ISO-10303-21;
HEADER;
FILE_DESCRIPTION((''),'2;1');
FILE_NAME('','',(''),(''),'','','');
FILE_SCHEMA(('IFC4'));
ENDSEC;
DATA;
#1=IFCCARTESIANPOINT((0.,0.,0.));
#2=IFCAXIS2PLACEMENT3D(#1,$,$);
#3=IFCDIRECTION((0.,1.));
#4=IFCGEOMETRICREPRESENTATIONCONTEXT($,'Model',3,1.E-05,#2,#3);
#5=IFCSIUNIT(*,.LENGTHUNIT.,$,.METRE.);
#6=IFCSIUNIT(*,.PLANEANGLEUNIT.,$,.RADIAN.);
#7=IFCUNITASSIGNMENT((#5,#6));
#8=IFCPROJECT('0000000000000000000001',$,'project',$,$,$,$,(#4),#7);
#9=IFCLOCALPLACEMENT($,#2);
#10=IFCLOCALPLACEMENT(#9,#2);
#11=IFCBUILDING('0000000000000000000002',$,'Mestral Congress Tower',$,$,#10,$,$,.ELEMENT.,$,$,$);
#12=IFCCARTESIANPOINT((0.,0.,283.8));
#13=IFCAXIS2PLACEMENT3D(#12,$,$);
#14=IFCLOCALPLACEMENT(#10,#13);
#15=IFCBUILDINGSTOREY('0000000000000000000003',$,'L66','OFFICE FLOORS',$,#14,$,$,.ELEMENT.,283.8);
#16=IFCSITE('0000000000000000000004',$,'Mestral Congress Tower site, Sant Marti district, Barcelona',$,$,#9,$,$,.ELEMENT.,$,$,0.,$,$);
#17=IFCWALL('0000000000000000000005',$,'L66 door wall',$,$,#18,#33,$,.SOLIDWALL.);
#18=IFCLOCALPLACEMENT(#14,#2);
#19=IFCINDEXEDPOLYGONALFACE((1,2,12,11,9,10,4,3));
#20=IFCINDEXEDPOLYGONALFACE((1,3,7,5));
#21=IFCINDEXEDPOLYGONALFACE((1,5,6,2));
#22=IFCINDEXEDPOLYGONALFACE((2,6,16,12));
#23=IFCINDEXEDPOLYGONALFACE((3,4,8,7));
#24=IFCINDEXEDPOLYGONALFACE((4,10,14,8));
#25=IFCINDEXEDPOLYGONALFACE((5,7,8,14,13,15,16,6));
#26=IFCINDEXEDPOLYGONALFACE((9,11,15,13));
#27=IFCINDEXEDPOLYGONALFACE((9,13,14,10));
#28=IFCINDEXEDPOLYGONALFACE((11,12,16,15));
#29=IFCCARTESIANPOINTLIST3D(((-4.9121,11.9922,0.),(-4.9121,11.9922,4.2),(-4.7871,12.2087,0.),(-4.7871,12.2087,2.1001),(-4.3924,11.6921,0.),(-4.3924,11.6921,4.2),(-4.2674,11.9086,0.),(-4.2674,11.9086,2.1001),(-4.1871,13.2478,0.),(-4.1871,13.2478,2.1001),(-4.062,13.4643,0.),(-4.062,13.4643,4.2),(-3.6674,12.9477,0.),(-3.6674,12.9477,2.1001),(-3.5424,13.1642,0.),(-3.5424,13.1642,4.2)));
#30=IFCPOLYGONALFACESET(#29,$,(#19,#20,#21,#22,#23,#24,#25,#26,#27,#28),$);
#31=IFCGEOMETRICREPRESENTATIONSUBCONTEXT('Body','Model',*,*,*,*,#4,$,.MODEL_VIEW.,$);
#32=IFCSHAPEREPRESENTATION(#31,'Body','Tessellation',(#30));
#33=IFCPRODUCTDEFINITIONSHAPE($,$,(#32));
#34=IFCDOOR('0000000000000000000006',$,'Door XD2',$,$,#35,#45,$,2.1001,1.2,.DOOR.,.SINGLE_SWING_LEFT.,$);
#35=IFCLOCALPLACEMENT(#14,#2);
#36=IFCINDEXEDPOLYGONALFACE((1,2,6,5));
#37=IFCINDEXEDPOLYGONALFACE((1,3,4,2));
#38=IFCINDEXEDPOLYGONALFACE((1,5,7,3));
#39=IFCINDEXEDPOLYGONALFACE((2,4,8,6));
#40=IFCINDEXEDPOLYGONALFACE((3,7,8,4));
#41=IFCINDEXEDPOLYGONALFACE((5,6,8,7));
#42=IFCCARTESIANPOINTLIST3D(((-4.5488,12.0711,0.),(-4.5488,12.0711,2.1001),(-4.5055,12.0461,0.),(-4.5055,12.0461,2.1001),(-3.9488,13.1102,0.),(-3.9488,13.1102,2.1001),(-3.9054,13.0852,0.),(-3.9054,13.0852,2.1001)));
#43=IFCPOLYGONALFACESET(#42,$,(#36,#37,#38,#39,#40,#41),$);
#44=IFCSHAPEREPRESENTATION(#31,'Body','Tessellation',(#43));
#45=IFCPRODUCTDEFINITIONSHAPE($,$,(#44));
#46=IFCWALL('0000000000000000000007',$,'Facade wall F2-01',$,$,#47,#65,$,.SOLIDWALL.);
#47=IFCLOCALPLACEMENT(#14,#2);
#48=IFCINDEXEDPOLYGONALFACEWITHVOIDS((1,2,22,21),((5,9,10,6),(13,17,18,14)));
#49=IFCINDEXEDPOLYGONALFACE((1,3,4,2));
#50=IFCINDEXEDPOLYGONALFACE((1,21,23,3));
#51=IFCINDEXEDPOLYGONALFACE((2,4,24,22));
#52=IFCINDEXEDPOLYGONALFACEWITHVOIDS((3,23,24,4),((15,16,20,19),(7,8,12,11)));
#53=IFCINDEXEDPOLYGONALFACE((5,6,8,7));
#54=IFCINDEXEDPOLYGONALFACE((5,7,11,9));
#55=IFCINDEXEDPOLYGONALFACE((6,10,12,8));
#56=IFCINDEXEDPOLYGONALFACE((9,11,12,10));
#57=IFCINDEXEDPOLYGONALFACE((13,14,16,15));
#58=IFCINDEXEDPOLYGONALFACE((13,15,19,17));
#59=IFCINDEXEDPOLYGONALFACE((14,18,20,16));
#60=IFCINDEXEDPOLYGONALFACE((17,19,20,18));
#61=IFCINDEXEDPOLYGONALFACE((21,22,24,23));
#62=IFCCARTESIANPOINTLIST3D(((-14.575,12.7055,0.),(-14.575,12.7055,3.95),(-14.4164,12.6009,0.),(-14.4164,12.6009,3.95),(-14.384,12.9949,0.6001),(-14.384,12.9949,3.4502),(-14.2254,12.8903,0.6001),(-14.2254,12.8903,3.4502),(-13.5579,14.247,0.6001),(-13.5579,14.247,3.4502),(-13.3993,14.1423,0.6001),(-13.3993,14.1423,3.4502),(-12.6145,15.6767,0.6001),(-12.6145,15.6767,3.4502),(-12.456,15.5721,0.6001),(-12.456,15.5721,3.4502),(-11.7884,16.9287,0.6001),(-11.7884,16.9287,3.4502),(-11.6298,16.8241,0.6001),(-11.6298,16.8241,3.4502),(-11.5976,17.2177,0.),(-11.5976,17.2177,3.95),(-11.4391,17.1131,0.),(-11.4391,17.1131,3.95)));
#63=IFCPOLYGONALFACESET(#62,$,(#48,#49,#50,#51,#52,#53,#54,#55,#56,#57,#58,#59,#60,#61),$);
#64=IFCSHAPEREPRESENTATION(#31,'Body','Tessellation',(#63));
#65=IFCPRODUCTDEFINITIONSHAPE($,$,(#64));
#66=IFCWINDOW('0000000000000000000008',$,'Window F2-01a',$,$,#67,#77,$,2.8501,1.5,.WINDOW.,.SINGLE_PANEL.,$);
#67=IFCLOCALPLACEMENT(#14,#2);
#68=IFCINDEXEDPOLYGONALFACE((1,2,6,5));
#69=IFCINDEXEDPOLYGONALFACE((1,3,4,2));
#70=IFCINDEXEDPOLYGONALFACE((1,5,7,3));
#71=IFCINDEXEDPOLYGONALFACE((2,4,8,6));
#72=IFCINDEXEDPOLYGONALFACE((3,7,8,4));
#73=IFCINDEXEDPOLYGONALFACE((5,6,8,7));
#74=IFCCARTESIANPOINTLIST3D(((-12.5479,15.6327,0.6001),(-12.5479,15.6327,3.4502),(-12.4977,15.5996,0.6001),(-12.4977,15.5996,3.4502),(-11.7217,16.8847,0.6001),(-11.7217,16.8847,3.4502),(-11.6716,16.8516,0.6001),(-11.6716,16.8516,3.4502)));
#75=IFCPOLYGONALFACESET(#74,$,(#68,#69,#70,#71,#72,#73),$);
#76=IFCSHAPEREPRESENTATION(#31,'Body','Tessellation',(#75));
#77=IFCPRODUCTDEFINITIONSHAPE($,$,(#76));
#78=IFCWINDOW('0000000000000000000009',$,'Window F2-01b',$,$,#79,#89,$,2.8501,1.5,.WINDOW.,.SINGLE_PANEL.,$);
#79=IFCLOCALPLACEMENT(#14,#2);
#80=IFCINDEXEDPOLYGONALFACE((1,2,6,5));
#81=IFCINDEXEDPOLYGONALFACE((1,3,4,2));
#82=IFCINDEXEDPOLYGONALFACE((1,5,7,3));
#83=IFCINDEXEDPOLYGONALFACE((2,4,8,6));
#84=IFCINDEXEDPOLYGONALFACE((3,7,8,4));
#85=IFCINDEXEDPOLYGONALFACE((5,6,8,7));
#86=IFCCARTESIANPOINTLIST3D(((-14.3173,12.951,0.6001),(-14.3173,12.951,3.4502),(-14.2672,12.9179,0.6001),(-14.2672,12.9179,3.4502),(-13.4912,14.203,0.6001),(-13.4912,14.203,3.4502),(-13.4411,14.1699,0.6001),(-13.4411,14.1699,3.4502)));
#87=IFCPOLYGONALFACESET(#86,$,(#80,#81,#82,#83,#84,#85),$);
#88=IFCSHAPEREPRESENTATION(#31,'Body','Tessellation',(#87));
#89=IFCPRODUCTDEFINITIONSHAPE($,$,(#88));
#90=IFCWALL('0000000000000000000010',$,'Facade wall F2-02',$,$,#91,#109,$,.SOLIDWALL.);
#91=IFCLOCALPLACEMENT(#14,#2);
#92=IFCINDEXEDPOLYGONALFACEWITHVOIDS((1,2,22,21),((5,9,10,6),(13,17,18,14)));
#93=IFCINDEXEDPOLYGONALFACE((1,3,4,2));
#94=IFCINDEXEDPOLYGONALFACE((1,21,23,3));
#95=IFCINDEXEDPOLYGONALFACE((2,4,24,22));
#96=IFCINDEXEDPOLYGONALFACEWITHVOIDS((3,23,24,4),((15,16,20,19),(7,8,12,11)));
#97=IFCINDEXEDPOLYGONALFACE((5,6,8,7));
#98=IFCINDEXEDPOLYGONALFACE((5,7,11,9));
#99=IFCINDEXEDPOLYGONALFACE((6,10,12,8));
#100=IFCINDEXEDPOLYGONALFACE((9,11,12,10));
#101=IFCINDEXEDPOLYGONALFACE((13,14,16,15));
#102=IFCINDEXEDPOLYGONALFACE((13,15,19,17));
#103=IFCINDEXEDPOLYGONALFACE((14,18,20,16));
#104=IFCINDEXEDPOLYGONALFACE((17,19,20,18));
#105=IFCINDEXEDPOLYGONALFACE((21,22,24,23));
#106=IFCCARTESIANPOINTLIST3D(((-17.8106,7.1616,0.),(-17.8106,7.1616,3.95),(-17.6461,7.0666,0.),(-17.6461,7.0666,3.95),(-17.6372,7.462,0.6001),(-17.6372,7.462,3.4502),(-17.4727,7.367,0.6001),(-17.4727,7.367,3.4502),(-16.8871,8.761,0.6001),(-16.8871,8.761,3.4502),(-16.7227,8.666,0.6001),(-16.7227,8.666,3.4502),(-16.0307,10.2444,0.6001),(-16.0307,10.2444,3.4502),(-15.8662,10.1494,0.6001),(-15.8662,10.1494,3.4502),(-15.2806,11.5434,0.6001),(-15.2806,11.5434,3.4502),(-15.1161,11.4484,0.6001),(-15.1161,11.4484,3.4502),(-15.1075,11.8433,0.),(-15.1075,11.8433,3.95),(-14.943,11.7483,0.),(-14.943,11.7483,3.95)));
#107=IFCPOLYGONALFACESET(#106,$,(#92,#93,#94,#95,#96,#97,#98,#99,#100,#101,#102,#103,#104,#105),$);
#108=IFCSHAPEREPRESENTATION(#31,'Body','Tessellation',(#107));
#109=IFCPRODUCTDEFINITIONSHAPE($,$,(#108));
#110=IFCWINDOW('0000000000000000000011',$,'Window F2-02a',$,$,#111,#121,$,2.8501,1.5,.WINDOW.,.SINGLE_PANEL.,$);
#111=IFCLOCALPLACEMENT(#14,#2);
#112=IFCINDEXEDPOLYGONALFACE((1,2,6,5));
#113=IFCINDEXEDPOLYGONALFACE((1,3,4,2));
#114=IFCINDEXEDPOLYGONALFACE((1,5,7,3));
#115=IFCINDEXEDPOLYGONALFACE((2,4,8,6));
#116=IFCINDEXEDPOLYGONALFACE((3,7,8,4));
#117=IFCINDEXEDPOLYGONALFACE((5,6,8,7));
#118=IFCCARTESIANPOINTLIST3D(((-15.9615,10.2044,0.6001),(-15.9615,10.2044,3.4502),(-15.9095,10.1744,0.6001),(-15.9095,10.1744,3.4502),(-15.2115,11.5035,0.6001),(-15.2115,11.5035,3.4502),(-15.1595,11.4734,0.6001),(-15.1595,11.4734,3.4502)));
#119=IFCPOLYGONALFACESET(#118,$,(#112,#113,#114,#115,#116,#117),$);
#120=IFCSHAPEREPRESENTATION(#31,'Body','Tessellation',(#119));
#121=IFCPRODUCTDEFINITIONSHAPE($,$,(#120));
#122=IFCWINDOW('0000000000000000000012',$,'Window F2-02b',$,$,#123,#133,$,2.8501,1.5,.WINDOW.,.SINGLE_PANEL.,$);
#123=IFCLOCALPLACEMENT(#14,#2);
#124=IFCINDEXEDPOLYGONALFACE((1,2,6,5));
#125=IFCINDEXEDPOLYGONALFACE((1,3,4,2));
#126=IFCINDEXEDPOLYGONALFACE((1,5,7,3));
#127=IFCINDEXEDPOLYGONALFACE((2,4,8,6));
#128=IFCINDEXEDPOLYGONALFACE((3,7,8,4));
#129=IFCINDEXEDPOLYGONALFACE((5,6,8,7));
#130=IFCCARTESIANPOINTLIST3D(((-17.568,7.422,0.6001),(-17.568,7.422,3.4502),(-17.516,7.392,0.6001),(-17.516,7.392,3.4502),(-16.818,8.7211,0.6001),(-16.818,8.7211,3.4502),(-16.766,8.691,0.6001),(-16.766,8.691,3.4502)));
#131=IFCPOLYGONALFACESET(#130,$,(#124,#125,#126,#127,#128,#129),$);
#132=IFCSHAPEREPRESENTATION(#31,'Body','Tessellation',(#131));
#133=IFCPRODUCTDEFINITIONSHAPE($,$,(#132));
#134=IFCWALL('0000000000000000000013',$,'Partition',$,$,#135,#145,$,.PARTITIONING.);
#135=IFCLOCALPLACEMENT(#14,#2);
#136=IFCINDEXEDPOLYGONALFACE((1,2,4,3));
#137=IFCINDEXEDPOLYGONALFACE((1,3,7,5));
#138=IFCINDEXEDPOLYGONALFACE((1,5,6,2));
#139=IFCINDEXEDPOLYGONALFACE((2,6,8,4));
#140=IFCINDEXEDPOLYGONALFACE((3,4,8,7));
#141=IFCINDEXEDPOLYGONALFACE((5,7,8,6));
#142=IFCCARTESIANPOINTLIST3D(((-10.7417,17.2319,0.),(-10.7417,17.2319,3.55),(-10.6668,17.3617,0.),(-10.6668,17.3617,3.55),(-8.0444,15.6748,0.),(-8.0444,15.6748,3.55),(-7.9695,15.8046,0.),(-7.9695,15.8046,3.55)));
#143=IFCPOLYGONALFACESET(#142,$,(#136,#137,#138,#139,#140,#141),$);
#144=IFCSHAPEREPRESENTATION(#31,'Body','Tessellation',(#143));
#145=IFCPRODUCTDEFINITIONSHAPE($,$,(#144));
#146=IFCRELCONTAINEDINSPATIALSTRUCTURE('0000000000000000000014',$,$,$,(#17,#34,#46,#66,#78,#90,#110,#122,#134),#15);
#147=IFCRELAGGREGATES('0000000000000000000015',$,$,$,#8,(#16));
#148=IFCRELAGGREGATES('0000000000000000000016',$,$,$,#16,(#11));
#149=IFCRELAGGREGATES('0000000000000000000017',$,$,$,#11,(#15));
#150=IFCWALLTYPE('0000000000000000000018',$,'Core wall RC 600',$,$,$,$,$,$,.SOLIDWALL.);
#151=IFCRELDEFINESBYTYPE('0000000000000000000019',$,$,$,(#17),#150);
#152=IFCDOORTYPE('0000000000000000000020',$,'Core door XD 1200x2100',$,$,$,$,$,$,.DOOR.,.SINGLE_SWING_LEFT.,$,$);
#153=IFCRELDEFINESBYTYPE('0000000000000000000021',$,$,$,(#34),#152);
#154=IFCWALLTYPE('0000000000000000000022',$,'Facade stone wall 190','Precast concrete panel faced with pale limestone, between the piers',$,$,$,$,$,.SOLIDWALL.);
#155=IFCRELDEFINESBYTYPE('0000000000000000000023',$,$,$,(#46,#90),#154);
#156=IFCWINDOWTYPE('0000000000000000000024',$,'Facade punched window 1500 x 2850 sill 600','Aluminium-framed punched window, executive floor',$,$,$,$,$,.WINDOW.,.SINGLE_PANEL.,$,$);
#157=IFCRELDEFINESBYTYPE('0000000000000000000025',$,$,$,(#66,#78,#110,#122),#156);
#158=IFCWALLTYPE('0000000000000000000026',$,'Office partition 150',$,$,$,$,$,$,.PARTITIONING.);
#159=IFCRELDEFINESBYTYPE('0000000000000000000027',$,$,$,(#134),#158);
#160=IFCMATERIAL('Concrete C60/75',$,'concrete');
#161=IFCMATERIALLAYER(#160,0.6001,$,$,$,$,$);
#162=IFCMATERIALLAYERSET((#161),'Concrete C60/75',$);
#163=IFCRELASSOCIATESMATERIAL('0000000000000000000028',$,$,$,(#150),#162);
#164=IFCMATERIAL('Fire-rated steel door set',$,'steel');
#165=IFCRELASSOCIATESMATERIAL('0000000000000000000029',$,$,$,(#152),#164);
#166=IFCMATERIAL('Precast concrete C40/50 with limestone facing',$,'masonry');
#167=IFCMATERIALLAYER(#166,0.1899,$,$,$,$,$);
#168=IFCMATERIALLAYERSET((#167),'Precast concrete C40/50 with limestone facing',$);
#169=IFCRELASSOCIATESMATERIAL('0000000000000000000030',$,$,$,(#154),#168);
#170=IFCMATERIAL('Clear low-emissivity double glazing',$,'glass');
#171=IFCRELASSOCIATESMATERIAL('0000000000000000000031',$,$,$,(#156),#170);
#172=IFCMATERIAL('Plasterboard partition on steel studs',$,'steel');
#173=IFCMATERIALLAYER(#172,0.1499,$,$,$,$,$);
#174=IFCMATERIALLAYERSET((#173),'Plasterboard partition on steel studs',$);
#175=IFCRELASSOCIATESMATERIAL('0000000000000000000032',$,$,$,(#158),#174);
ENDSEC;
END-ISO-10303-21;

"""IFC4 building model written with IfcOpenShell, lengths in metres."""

from ifc_helpers import new_model, si_unit, direction, frame, frame_2d, origin, place, context, subcontext, project, spatial, rectangle, extrude, material, layer, layer_set, type_object, element, fill, save


model = new_model("IFC4")

# Units and contexts
model_context = context("Model", 3, precision=1e-05, world=origin(), true_north=direction((0.0, 1.0)))
body_context = subcontext(model_context, "Body", "Model", "MODEL_VIEW")
ifc_project = project(units=[si_unit("LENGTHUNIT", "METRE"), si_unit("PLANEANGLEUNIT", "RADIAN")], contexts=[model_context])

# Site, building, storey
site_placement = place(None, origin())
site = spatial("IfcSite", under=ifc_project, at=site_placement, Name="Mestral Congress Tower site, Sant Marti district, Barcelona", CompositionType="ELEMENT", RefElevation=0.0)
building_placement = place(site_placement, origin())
building = spatial("IfcBuilding", under=site, at=building_placement, Name="Mestral Congress Tower", CompositionType="ELEMENT")
storey_placement = place(building_placement, frame((0.0, 0.0, 283.8)))
storey = spatial("IfcBuildingStorey", under=building, at=storey_placement, Name="L66", Description="OFFICE FLOORS", CompositionType="ELEMENT", Elevation=283.8)

# Shared definitions
ifc_material_1 = material(Name="Concrete C60/75", Category="concrete")

# Shared definitions
ifc_layer_1 = layer(ifc_material_1, 0.6001)
ifc_layer_set_1 = layer_set([ifc_layer_1], Name="Concrete C60/75")
wall_type_1 = type_object("IfcWallType", Name="Core wall RC 600", PredefinedType="SOLIDWALL", material=ifc_layer_set_1)

# Wall, opening, door
wall_1_placement = place(storey_placement, frame((-4.6523, 11.842, 0.0), z_axis=(0.0, 0.0, 1.0), x_axis=(0.500062, 0.865989, 0.0)))
wall_1 = element("IfcWall", 1, at=wall_1_placement, inside=storey, type_object=wall_type_1, Name="L66 door wall", PredefinedType="SOLIDWALL", context=body_context, shape_type="SweptSolid", body=[
    extrude(rectangle(XDim=1.7, YDim=0.6001, at=frame_2d((0.8501, 0.0))), origin(), (0.0, 0.0, 1.0), 4.2),
])
opening_1_placement = place(wall_1_placement, frame((0.25, 0.0, 0.0)))
opening_1 = element("IfcOpeningElement", 2, at=opening_1_placement, cuts=wall_1, PredefinedType="OPENING", context=body_context, shape_type="SweptSolid", body=[
    extrude(rectangle(XDim=1.2, YDim=2.1001, at=frame_2d((0.6001, 1.05))), frame((0.0, 0.3101, 0.0), z_axis=(0.0, -1.0, 0.0), x_axis=(1.0, 0.0, 0.0)), (0.0, 0.0, 1.0), 0.6201),
])
ifc_material_2 = material(Name="Fire-rated steel door set", Category="steel")
door_type_1 = type_object("IfcDoorType", Name="Core door XD 1200x2100", OperationType="SINGLE_SWING_LEFT", PredefinedType="DOOR", material=ifc_material_2)
door_1_placement = place(opening_1_placement, origin())
door_1 = element("IfcDoor", 3, at=door_1_placement, inside=storey, type_object=door_type_1, Name="Door XD2", OperationType="SINGLE_SWING_LEFT", OverallHeight=2.1001, OverallWidth=1.2, PredefinedType="DOOR", context=body_context, shape_type="SweptSolid", body=[
    extrude(rectangle(XDim=1.2, YDim=2.1001, at=frame_2d((0.6001, 1.05))), frame((0.0, 0.0249, 0.0), z_axis=(0.0, -1.0, 0.0), x_axis=(1.0, 0.0, 0.0)), (0.0, 0.0, 1.0), 0.05),
])
fill(opening_1, door_1)

# Walls, openings, windows
ifc_material_3 = material(Name="Precast concrete C40/50 with limestone facing", Category="masonry")
ifc_layer_2 = layer(ifc_material_3, 0.1899)
ifc_layer_set_2 = layer_set([ifc_layer_2], Name="Precast concrete C40/50 with limestone facing")
wall_type_2 = type_object("IfcWallType", Name="Facade stone wall 190", Description="Precast concrete panel faced with pale limestone, between the piers", PredefinedType="SOLIDWALL", material=ifc_layer_set_2)
wall_2_placement = place(storey_placement, frame((-11.5183, 17.1655, 0.0), z_axis=(0.0, 0.0, 1.0), x_axis=(-0.550744, -0.834674, 0.0)))
wall_2 = element("IfcWall", 4, at=wall_2_placement, inside=storey, type_object=wall_type_2, Name="Facade wall F2-01", PredefinedType="SOLIDWALL", context=body_context, shape_type="SweptSolid", body=[
    extrude(rectangle(XDim=5.406, YDim=0.1899, at=frame_2d((2.7031, 0.0))), origin(), (0.0, 0.0, 1.0), 3.95),
])
opening_2_placement = place(wall_2_placement, frame((0.3464, 0.0, 0.6001)))
opening_2 = element("IfcOpeningElement", 5, at=opening_2_placement, cuts=wall_2, PredefinedType="OPENING", context=body_context, shape_type="SweptSolid", body=[
    extrude(rectangle(XDim=1.5, YDim=2.8501, at=frame_2d((0.75, 1.425))), frame((0.0, 0.105, 0.0), z_axis=(0.0, -1.0, 0.0), x_axis=(1.0, 0.0, 0.0)), (0.0, 0.0, 1.0), 0.21),
])
opening_3_placement = place(wall_2_placement, frame((3.5593, 0.0, 0.6001)))
opening_3 = element("IfcOpeningElement", 6, at=opening_3_placement, cuts=wall_2, PredefinedType="OPENING", context=body_context, shape_type="SweptSolid", body=[
    extrude(rectangle(XDim=1.5, YDim=2.8501, at=frame_2d((0.75, 1.425))), frame((0.0, 0.105, 0.0), z_axis=(0.0, -1.0, 0.0), x_axis=(1.0, 0.0, 0.0)), (0.0, 0.0, 1.0), 0.21),
])
ifc_material_4 = material(Name="Clear low-emissivity double glazing", Category="glass")
window_type = type_object("IfcWindowType", Name="Facade punched window 1500 x 2850 sill 600", Description="Aluminium-framed punched window, executive floor", PartitioningType="SINGLE_PANEL", PredefinedType="WINDOW", material=ifc_material_4)
window_1_placement = place(opening_2_placement, origin())
window_1 = element("IfcWindow", 7, at=window_1_placement, inside=storey, type_object=window_type, Name="Window F2-01a", OverallHeight=2.8501, OverallWidth=1.5, PartitioningType="SINGLE_PANEL", PredefinedType="WINDOW", context=body_context, shape_type="SweptSolid", body=[
    extrude(rectangle(XDim=1.5, YDim=2.8501, at=frame_2d((0.75, 1.425))), frame((0.0, 0.0449, 0.0), z_axis=(0.0, -1.0, 0.0), x_axis=(1.0, 0.0, 0.0)), (0.0, 0.0, 1.0), 0.0601),
])
fill(opening_2, window_1)
window_2_placement = place(opening_3_placement, origin())
window_2 = element("IfcWindow", 8, at=window_2_placement, inside=storey, type_object=window_type, Name="Window F2-01b", OverallHeight=2.8501, OverallWidth=1.5, PartitioningType="SINGLE_PANEL", PredefinedType="WINDOW", context=body_context, shape_type="SweptSolid", body=[
    extrude(rectangle(XDim=1.5, YDim=2.8501, at=frame_2d((0.75, 1.425))), frame((0.0, 0.0449, 0.0), z_axis=(0.0, -1.0, 0.0), x_axis=(1.0, 0.0, 0.0)), (0.0, 0.0, 1.0), 0.0601),
])
fill(opening_3, window_2)
wall_3_placement = place(storey_placement, frame((-15.0251, 11.7959, 0.0), z_axis=(0.0, 0.0, 1.0), x_axis=(-0.500025, -0.866011, 0.0)))
wall_3 = element("IfcWall", 9, at=wall_3_placement, inside=storey, type_object=wall_type_2, Name="Facade wall F2-02", PredefinedType="SOLIDWALL", context=body_context, shape_type="SweptSolid", body=[
    extrude(rectangle(XDim=5.406, YDim=0.1899, at=frame_2d((2.7031, 0.0))), origin(), (0.0, 0.0, 1.0), 3.95),
])
opening_4_placement = place(wall_3_placement, frame((0.3464, 0.0, 0.6001)))
opening_4 = element("IfcOpeningElement", 10, at=opening_4_placement, cuts=wall_3, PredefinedType="OPENING", context=body_context, shape_type="SweptSolid", body=[
    extrude(rectangle(XDim=1.5, YDim=2.8501, at=frame_2d((0.75, 1.425))), frame((0.0, 0.105, 0.0), z_axis=(0.0, -1.0, 0.0), x_axis=(1.0, 0.0, 0.0)), (0.0, 0.0, 1.0), 0.21),
])
opening_5_placement = place(wall_3_placement, frame((3.5593, 0.0, 0.6001)))
opening_5 = element("IfcOpeningElement", 11, at=opening_5_placement, cuts=wall_3, PredefinedType="OPENING", context=body_context, shape_type="SweptSolid", body=[
    extrude(rectangle(XDim=1.5, YDim=2.8501, at=frame_2d((0.75, 1.425))), frame((0.0, 0.105, 0.0), z_axis=(0.0, -1.0, 0.0), x_axis=(1.0, 0.0, 0.0)), (0.0, 0.0, 1.0), 0.21),
])
window_3_placement = place(opening_4_placement, origin())
window_3 = element("IfcWindow", 12, at=window_3_placement, inside=storey, type_object=window_type, Name="Window F2-02a", OverallHeight=2.8501, OverallWidth=1.5, PartitioningType="SINGLE_PANEL", PredefinedType="WINDOW", context=body_context, shape_type="SweptSolid", body=[
    extrude(rectangle(XDim=1.5, YDim=2.8501, at=frame_2d((0.75, 1.425))), frame((0.0, 0.0449, 0.0), z_axis=(0.0, -1.0, 0.0), x_axis=(1.0, 0.0, 0.0)), (0.0, 0.0, 1.0), 0.0601),
])
fill(opening_4, window_3)
window_4_placement = place(opening_5_placement, origin())
window_4 = element("IfcWindow", 13, at=window_4_placement, inside=storey, type_object=window_type, Name="Window F2-02b", OverallHeight=2.8501, OverallWidth=1.5, PartitioningType="SINGLE_PANEL", PredefinedType="WINDOW", context=body_context, shape_type="SweptSolid", body=[
    extrude(rectangle(XDim=1.5, YDim=2.8501, at=frame_2d((0.75, 1.425))), frame((0.0, 0.0449, 0.0), z_axis=(0.0, -1.0, 0.0), x_axis=(1.0, 0.0, 0.0)), (0.0, 0.0, 1.0), 0.0601),
])
fill(opening_5, window_4)

# Wall
ifc_material_5 = material(Name="Plasterboard partition on steel studs", Category="steel")
ifc_layer_3 = layer(ifc_material_5, 0.1499)
ifc_layer_set_3 = layer_set([ifc_layer_3], Name="Plasterboard partition on steel studs")
wall_type_3 = type_object("IfcWallType", Name="Office partition 150", PredefinedType="PARTITIONING", material=ifc_layer_set_3)
wall_4_placement = place(storey_placement, frame((-8.0071, 15.7397, 0.0), z_axis=(0.0, 0.0, 1.0), x_axis=(-0.866045, 0.499967, 0.0)))
element("IfcWall", 14, at=wall_4_placement, inside=storey, type_object=wall_type_3, Name="Partition", PredefinedType="PARTITIONING", context=body_context, shape_type="SweptSolid", body=[
    extrude(rectangle(XDim=3.1145, YDim=0.1499, at=frame_2d((1.5571, 0.0))), origin(), (0.0, 0.0, 1.0), 3.55),
])

save(model, "model.ifc")
